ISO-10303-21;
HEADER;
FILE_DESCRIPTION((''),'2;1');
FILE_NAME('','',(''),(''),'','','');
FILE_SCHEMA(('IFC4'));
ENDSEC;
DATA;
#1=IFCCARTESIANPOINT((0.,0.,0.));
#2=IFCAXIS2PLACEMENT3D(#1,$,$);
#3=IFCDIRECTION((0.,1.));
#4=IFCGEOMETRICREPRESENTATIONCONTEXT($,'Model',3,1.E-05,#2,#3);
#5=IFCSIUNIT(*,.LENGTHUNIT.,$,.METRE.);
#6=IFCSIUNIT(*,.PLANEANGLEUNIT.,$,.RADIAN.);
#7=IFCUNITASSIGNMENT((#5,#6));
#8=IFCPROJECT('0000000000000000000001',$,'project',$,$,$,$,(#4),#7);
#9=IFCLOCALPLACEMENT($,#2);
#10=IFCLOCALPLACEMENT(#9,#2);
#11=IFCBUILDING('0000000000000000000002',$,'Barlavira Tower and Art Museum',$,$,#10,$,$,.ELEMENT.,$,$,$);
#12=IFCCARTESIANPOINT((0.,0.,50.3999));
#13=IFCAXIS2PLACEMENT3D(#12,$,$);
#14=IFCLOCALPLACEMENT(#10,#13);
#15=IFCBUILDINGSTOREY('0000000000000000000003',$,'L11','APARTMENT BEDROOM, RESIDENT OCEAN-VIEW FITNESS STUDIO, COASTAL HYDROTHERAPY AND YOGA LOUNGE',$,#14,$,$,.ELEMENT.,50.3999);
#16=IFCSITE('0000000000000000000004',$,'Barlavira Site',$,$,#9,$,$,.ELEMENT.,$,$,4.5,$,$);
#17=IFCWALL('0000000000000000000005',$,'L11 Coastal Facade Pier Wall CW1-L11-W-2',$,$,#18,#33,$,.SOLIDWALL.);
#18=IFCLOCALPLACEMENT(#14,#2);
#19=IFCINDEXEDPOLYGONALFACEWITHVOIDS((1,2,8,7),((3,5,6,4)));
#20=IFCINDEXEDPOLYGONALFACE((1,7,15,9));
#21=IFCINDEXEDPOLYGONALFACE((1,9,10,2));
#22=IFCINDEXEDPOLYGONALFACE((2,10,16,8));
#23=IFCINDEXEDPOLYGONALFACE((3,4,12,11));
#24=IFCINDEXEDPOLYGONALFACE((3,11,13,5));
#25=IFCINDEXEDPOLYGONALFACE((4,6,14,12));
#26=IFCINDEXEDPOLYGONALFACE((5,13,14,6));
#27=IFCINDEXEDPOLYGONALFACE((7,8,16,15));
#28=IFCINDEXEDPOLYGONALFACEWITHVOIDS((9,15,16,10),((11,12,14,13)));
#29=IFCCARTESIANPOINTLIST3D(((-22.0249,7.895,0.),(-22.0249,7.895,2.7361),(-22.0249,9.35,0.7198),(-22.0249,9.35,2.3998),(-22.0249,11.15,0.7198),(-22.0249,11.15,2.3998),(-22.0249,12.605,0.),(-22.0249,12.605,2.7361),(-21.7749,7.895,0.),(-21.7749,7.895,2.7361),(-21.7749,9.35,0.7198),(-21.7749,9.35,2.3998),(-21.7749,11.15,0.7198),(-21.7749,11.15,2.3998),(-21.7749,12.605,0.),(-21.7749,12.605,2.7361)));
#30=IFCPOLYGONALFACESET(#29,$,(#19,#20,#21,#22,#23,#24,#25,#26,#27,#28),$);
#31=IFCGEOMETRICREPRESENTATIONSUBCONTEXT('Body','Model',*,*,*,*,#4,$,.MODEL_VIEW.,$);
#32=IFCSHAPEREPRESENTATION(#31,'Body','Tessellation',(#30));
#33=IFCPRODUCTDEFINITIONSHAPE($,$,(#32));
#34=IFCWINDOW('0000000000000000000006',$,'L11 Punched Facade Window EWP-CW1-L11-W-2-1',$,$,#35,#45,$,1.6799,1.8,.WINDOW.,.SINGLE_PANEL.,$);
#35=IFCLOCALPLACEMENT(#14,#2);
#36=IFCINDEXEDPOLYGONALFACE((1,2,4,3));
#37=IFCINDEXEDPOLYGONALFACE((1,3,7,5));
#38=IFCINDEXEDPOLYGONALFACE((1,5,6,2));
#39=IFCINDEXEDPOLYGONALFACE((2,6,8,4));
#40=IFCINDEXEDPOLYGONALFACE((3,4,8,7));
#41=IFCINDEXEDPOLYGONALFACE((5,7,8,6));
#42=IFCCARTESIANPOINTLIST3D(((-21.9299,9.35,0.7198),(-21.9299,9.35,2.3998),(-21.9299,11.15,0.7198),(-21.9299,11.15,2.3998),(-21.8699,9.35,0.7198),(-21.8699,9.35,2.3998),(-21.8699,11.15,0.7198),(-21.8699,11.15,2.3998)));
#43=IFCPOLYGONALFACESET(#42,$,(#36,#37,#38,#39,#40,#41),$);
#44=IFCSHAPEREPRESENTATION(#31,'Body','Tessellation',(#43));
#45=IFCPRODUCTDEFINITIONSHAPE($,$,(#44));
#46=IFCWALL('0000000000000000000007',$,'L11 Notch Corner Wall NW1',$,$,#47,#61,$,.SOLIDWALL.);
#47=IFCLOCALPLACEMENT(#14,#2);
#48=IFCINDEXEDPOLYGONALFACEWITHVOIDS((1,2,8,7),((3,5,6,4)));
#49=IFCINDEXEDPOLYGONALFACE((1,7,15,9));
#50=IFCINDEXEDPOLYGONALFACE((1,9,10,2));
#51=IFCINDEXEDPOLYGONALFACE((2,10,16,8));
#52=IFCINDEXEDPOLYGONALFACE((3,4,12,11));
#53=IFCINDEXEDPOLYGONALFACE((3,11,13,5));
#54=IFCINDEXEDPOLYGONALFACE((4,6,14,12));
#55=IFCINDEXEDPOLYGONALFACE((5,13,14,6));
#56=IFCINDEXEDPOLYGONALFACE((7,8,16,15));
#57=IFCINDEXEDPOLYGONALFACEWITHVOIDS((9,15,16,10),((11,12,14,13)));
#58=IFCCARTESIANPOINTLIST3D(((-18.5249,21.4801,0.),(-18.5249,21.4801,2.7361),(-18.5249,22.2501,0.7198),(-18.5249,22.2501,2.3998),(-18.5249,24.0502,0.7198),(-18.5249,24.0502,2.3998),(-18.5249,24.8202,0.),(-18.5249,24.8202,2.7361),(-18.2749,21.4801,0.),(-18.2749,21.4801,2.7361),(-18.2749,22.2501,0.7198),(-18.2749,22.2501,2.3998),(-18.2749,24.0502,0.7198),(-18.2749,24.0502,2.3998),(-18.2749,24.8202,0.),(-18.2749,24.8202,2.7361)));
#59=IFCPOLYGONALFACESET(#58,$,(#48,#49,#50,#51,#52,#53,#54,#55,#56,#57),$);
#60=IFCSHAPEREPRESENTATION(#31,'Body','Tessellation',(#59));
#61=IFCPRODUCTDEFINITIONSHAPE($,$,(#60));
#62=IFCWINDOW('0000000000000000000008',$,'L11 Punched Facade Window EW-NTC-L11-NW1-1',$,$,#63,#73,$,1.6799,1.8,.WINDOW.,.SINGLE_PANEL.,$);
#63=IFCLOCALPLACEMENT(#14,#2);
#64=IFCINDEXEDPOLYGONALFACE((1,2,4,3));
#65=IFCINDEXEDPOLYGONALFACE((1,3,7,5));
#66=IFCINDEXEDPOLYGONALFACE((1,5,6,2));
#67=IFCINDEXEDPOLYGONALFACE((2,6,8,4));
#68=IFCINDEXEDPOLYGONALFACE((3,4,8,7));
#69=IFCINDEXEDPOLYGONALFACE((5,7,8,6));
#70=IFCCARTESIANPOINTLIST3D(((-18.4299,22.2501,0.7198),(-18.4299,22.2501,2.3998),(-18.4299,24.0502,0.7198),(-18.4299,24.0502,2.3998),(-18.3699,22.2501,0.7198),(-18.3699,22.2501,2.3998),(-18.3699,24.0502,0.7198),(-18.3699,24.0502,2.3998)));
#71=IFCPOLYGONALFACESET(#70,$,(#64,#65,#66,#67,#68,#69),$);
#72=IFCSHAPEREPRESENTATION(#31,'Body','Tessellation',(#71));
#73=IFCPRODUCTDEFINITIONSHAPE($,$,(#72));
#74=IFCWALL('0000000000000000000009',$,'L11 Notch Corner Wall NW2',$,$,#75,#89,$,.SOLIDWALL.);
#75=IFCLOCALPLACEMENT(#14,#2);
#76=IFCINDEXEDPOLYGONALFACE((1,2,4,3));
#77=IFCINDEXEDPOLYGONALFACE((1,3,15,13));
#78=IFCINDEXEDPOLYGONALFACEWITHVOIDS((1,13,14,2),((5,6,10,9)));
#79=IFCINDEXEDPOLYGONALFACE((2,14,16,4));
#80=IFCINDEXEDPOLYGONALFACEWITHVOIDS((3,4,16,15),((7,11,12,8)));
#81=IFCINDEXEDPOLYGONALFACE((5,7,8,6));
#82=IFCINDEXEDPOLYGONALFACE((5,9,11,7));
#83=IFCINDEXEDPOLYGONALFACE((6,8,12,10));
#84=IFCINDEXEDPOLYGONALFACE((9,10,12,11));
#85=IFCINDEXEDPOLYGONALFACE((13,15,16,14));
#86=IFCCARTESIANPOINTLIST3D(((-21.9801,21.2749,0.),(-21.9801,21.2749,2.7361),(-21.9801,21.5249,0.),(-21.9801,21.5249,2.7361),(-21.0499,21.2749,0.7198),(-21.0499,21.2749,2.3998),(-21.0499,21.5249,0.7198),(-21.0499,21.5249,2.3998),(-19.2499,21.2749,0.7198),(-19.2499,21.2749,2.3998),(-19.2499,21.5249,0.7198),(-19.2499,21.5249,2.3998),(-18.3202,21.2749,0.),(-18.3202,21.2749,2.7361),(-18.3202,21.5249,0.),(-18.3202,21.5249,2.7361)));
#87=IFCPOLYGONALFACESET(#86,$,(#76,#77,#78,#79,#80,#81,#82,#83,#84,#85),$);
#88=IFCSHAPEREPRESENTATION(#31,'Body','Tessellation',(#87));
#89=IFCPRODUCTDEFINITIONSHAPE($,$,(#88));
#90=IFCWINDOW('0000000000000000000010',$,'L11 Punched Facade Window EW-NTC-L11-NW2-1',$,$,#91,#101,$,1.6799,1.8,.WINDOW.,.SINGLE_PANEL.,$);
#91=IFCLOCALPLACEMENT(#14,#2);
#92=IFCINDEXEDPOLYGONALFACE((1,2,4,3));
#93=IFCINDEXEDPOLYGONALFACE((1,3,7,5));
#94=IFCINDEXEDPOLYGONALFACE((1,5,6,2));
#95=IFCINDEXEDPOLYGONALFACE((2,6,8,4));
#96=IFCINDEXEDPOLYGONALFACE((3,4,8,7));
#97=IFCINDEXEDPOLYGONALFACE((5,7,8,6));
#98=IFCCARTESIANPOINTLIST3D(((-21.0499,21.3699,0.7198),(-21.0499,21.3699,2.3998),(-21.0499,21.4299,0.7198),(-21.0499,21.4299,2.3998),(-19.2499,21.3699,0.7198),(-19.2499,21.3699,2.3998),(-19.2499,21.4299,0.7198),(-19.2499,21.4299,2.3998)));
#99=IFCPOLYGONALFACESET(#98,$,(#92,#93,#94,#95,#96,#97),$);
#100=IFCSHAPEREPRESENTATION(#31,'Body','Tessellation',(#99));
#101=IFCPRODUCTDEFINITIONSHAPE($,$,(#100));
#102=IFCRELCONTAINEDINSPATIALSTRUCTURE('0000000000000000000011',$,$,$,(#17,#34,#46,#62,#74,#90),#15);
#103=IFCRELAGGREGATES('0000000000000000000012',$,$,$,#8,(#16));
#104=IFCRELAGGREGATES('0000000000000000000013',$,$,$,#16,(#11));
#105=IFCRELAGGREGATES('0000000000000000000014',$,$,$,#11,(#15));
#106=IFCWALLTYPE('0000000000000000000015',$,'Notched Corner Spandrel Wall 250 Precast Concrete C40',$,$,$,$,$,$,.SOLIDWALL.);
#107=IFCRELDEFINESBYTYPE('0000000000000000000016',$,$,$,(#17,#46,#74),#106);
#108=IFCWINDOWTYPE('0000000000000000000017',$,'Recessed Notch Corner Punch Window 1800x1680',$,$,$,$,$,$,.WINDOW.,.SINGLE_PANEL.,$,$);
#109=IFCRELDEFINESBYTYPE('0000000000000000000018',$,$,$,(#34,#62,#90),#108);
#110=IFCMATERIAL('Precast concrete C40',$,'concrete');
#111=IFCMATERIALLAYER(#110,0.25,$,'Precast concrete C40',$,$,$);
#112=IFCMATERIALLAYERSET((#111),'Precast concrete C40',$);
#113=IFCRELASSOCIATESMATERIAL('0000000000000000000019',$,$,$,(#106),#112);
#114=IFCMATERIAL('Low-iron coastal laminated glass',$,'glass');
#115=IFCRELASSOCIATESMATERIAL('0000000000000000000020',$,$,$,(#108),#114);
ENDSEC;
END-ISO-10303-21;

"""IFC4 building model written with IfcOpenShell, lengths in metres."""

from ifc_helpers import new_model, si_unit, direction, frame, frame_2d, origin, place, context, subcontext, project, spatial, rectangle, extrude, material, layer, layer_set, type_object, element, fill, save


model = new_model("IFC4")

# Units and contexts
model_context = context("Model", 3, precision=1e-05, world=origin(), true_north=direction((0.0, 1.0)))
body_context = subcontext(model_context, "Body", "Model", "MODEL_VIEW")
ifc_project = project(units=[si_unit("LENGTHUNIT", "METRE"), si_unit("PLANEANGLEUNIT", "RADIAN")], contexts=[model_context])

# Site, building, storey
site_placement = place(None, origin())
site = spatial("IfcSite", under=ifc_project, at=site_placement, Name="Barlavira Site", CompositionType="ELEMENT", RefElevation=4.5)
building_placement = place(site_placement, origin())
building = spatial("IfcBuilding", under=site, at=building_placement, Name="Barlavira Tower and Art Museum", CompositionType="ELEMENT")
storey_placement = place(building_placement, frame((0.0, 0.0, 50.3999)))
storey = spatial("IfcBuildingStorey", under=building, at=storey_placement, Name="L11", Description="APARTMENT BEDROOM, RESIDENT OCEAN-VIEW FITNESS STUDIO, COASTAL HYDROTHERAPY AND YOGA LOUNGE", CompositionType="ELEMENT", Elevation=50.3999)

# Shared definitions
ifc_material_1 = material(Name="Precast concrete C40", Category="concrete")
ifc_layer_1 = layer(ifc_material_1, 0.25, Name="Precast concrete C40")
ifc_layer_set_1 = layer_set([ifc_layer_1], Name="Precast concrete C40")
wall_type_1 = type_object("IfcWallType", Name="Notched Corner Spandrel Wall 250 Precast Concrete C40", PredefinedType="SOLIDWALL", material=ifc_layer_set_1)
ifc_material_2 = material(Name="Low-iron coastal laminated glass", Category="glass")
window_type = type_object("IfcWindowType", Name="Recessed Notch Corner Punch Window 1800x1680", PartitioningType="SINGLE_PANEL", PredefinedType="WINDOW", material=ifc_material_2)

# Walls, openings, windows
wall_1_placement = place(storey_placement, frame((-21.8999, 12.605, 0.0), z_axis=(0.0, 0.0, 1.0), x_axis=(0.0, -1.0, 0.0)))
wall_1 = element("IfcWall", 1, at=wall_1_placement, inside=storey, type_object=wall_type_1, Name="L11 Coastal Facade Pier Wall CW1-L11-W-2", PredefinedType="SOLIDWALL", context=body_context, shape_type="SweptSolid", body=[
    extrude(rectangle(XDim=4.71, YDim=0.25, at=frame_2d((2.355, 0.0))), origin(), (0.0, 0.0, 1.0), 2.7361),
])
opening_1_placement = place(wall_1_placement, frame((1.4551, 0.0, 0.72)))
opening_1 = element("IfcOpeningElement", 2, at=opening_1_placement, cuts=wall_1, PredefinedType="OPENING", context=body_context, shape_type="SweptSolid", body=[
    extrude(rectangle(XDim=1.8, YDim=1.6799, at=frame_2d((0.8999, 0.8398))), frame((0.0, 0.135, 0.0), z_axis=(0.0, -1.0, 0.0), x_axis=(1.0, 0.0, 0.0)), (0.0, 0.0, 1.0), 0.27),
])
window_1_placement = place(opening_1_placement, origin())
window_1 = element("IfcWindow", 3, at=window_1_placement, inside=storey, type_object=window_type, Name="L11 Punched Facade Window EWP-CW1-L11-W-2-1", OverallHeight=1.6799, OverallWidth=1.8, PartitioningType="SINGLE_PANEL", PredefinedType="WINDOW", context=body_context, shape_type="SweptSolid", body=[
    extrude(rectangle(XDim=1.8, YDim=1.6799, at=frame_2d((0.8999, 0.8398))), frame((0.0, 0.03, 0.0), z_axis=(0.0, -1.0, 0.0), x_axis=(1.0, 0.0, 0.0)), (0.0, 0.0, 1.0), 0.0601),
])
fill(opening_1, window_1)
wall_2_placement = place(storey_placement, frame((-18.3999, 24.8201, 0.0), z_axis=(0.0, 0.0, 1.0), x_axis=(0.0, -1.0, 0.0)))
wall_2 = element("IfcWall", 4, at=wall_2_placement, inside=storey, type_object=wall_type_1, Name="L11 Notch Corner Wall NW1", PredefinedType="SOLIDWALL", context=body_context, shape_type="SweptSolid", body=[
    extrude(rectangle(XDim=3.3401, YDim=0.25, at=frame_2d((1.6699, 0.0))), origin(), (0.0, 0.0, 1.0), 2.7361),
])
opening_2_placement = place(wall_2_placement, frame((0.77, 0.0, 0.72)))
opening_2 = element("IfcOpeningElement", 5, at=opening_2_placement, cuts=wall_2, PredefinedType="OPENING", context=body_context, shape_type="SweptSolid", body=[
    extrude(rectangle(XDim=1.8, YDim=1.6799, at=frame_2d((0.8999, 0.8398))), frame((0.0, 0.135, 0.0), z_axis=(0.0, -1.0, 0.0), x_axis=(1.0, 0.0, 0.0)), (0.0, 0.0, 1.0), 0.27),
])
window_2_placement = place(opening_2_placement, origin())
window_2 = element("IfcWindow", 6, at=window_2_placement, inside=storey, type_object=window_type, Name="L11 Punched Facade Window EW-NTC-L11-NW1-1", OverallHeight=1.6799, OverallWidth=1.8, PartitioningType="SINGLE_PANEL", PredefinedType="WINDOW", context=body_context, shape_type="SweptSolid", body=[
    extrude(rectangle(XDim=1.8, YDim=1.6799, at=frame_2d((0.8999, 0.8398))), frame((0.0, 0.03, 0.0), z_axis=(0.0, -1.0, 0.0), x_axis=(1.0, 0.0, 0.0)), (0.0, 0.0, 1.0), 0.0601),
])
fill(opening_2, window_2)
wall_3_placement = place(storey_placement, frame((-18.3201, 21.3999, 0.0), z_axis=(0.0, 0.0, 1.0), x_axis=(-1.0, 0.0, 0.0)))
wall_3 = element("IfcWall", 7, at=wall_3_placement, inside=storey, type_object=wall_type_1, Name="L11 Notch Corner Wall NW2", PredefinedType="SOLIDWALL", context=body_context, shape_type="SweptSolid", body=[
    extrude(rectangle(XDim=3.6599, YDim=0.25, at=frame_2d((1.8301, 0.0))), origin(), (0.0, 0.0, 1.0), 2.7361),
])
opening_3_placement = place(wall_3_placement, frame((0.9299, 0.0, 0.72)))
opening_3 = element("IfcOpeningElement", 8, at=opening_3_placement, cuts=wall_3, PredefinedType="OPENING", context=body_context, shape_type="SweptSolid", body=[
    extrude(rectangle(XDim=1.8, YDim=1.6799, at=frame_2d((0.8999, 0.8398))), frame((0.0, 0.135, 0.0), z_axis=(0.0, -1.0, 0.0), x_axis=(1.0, 0.0, 0.0)), (0.0, 0.0, 1.0), 0.27),
])
window_3_placement = place(opening_3_placement, origin())
window_3 = element("IfcWindow", 9, at=window_3_placement, inside=storey, type_object=window_type, Name="L11 Punched Facade Window EW-NTC-L11-NW2-1", OverallHeight=1.6799, OverallWidth=1.8, PartitioningType="SINGLE_PANEL", PredefinedType="WINDOW", context=body_context, shape_type="SweptSolid", body=[
    extrude(rectangle(XDim=1.8, YDim=1.6799, at=frame_2d((0.8999, 0.8398))), frame((0.0, 0.03, 0.0), z_axis=(0.0, -1.0, 0.0), x_axis=(1.0, 0.0, 0.0)), (0.0, 0.0, 1.0), 0.0601),
])
fill(opening_3, window_3)

save(model, "model.ifc")
